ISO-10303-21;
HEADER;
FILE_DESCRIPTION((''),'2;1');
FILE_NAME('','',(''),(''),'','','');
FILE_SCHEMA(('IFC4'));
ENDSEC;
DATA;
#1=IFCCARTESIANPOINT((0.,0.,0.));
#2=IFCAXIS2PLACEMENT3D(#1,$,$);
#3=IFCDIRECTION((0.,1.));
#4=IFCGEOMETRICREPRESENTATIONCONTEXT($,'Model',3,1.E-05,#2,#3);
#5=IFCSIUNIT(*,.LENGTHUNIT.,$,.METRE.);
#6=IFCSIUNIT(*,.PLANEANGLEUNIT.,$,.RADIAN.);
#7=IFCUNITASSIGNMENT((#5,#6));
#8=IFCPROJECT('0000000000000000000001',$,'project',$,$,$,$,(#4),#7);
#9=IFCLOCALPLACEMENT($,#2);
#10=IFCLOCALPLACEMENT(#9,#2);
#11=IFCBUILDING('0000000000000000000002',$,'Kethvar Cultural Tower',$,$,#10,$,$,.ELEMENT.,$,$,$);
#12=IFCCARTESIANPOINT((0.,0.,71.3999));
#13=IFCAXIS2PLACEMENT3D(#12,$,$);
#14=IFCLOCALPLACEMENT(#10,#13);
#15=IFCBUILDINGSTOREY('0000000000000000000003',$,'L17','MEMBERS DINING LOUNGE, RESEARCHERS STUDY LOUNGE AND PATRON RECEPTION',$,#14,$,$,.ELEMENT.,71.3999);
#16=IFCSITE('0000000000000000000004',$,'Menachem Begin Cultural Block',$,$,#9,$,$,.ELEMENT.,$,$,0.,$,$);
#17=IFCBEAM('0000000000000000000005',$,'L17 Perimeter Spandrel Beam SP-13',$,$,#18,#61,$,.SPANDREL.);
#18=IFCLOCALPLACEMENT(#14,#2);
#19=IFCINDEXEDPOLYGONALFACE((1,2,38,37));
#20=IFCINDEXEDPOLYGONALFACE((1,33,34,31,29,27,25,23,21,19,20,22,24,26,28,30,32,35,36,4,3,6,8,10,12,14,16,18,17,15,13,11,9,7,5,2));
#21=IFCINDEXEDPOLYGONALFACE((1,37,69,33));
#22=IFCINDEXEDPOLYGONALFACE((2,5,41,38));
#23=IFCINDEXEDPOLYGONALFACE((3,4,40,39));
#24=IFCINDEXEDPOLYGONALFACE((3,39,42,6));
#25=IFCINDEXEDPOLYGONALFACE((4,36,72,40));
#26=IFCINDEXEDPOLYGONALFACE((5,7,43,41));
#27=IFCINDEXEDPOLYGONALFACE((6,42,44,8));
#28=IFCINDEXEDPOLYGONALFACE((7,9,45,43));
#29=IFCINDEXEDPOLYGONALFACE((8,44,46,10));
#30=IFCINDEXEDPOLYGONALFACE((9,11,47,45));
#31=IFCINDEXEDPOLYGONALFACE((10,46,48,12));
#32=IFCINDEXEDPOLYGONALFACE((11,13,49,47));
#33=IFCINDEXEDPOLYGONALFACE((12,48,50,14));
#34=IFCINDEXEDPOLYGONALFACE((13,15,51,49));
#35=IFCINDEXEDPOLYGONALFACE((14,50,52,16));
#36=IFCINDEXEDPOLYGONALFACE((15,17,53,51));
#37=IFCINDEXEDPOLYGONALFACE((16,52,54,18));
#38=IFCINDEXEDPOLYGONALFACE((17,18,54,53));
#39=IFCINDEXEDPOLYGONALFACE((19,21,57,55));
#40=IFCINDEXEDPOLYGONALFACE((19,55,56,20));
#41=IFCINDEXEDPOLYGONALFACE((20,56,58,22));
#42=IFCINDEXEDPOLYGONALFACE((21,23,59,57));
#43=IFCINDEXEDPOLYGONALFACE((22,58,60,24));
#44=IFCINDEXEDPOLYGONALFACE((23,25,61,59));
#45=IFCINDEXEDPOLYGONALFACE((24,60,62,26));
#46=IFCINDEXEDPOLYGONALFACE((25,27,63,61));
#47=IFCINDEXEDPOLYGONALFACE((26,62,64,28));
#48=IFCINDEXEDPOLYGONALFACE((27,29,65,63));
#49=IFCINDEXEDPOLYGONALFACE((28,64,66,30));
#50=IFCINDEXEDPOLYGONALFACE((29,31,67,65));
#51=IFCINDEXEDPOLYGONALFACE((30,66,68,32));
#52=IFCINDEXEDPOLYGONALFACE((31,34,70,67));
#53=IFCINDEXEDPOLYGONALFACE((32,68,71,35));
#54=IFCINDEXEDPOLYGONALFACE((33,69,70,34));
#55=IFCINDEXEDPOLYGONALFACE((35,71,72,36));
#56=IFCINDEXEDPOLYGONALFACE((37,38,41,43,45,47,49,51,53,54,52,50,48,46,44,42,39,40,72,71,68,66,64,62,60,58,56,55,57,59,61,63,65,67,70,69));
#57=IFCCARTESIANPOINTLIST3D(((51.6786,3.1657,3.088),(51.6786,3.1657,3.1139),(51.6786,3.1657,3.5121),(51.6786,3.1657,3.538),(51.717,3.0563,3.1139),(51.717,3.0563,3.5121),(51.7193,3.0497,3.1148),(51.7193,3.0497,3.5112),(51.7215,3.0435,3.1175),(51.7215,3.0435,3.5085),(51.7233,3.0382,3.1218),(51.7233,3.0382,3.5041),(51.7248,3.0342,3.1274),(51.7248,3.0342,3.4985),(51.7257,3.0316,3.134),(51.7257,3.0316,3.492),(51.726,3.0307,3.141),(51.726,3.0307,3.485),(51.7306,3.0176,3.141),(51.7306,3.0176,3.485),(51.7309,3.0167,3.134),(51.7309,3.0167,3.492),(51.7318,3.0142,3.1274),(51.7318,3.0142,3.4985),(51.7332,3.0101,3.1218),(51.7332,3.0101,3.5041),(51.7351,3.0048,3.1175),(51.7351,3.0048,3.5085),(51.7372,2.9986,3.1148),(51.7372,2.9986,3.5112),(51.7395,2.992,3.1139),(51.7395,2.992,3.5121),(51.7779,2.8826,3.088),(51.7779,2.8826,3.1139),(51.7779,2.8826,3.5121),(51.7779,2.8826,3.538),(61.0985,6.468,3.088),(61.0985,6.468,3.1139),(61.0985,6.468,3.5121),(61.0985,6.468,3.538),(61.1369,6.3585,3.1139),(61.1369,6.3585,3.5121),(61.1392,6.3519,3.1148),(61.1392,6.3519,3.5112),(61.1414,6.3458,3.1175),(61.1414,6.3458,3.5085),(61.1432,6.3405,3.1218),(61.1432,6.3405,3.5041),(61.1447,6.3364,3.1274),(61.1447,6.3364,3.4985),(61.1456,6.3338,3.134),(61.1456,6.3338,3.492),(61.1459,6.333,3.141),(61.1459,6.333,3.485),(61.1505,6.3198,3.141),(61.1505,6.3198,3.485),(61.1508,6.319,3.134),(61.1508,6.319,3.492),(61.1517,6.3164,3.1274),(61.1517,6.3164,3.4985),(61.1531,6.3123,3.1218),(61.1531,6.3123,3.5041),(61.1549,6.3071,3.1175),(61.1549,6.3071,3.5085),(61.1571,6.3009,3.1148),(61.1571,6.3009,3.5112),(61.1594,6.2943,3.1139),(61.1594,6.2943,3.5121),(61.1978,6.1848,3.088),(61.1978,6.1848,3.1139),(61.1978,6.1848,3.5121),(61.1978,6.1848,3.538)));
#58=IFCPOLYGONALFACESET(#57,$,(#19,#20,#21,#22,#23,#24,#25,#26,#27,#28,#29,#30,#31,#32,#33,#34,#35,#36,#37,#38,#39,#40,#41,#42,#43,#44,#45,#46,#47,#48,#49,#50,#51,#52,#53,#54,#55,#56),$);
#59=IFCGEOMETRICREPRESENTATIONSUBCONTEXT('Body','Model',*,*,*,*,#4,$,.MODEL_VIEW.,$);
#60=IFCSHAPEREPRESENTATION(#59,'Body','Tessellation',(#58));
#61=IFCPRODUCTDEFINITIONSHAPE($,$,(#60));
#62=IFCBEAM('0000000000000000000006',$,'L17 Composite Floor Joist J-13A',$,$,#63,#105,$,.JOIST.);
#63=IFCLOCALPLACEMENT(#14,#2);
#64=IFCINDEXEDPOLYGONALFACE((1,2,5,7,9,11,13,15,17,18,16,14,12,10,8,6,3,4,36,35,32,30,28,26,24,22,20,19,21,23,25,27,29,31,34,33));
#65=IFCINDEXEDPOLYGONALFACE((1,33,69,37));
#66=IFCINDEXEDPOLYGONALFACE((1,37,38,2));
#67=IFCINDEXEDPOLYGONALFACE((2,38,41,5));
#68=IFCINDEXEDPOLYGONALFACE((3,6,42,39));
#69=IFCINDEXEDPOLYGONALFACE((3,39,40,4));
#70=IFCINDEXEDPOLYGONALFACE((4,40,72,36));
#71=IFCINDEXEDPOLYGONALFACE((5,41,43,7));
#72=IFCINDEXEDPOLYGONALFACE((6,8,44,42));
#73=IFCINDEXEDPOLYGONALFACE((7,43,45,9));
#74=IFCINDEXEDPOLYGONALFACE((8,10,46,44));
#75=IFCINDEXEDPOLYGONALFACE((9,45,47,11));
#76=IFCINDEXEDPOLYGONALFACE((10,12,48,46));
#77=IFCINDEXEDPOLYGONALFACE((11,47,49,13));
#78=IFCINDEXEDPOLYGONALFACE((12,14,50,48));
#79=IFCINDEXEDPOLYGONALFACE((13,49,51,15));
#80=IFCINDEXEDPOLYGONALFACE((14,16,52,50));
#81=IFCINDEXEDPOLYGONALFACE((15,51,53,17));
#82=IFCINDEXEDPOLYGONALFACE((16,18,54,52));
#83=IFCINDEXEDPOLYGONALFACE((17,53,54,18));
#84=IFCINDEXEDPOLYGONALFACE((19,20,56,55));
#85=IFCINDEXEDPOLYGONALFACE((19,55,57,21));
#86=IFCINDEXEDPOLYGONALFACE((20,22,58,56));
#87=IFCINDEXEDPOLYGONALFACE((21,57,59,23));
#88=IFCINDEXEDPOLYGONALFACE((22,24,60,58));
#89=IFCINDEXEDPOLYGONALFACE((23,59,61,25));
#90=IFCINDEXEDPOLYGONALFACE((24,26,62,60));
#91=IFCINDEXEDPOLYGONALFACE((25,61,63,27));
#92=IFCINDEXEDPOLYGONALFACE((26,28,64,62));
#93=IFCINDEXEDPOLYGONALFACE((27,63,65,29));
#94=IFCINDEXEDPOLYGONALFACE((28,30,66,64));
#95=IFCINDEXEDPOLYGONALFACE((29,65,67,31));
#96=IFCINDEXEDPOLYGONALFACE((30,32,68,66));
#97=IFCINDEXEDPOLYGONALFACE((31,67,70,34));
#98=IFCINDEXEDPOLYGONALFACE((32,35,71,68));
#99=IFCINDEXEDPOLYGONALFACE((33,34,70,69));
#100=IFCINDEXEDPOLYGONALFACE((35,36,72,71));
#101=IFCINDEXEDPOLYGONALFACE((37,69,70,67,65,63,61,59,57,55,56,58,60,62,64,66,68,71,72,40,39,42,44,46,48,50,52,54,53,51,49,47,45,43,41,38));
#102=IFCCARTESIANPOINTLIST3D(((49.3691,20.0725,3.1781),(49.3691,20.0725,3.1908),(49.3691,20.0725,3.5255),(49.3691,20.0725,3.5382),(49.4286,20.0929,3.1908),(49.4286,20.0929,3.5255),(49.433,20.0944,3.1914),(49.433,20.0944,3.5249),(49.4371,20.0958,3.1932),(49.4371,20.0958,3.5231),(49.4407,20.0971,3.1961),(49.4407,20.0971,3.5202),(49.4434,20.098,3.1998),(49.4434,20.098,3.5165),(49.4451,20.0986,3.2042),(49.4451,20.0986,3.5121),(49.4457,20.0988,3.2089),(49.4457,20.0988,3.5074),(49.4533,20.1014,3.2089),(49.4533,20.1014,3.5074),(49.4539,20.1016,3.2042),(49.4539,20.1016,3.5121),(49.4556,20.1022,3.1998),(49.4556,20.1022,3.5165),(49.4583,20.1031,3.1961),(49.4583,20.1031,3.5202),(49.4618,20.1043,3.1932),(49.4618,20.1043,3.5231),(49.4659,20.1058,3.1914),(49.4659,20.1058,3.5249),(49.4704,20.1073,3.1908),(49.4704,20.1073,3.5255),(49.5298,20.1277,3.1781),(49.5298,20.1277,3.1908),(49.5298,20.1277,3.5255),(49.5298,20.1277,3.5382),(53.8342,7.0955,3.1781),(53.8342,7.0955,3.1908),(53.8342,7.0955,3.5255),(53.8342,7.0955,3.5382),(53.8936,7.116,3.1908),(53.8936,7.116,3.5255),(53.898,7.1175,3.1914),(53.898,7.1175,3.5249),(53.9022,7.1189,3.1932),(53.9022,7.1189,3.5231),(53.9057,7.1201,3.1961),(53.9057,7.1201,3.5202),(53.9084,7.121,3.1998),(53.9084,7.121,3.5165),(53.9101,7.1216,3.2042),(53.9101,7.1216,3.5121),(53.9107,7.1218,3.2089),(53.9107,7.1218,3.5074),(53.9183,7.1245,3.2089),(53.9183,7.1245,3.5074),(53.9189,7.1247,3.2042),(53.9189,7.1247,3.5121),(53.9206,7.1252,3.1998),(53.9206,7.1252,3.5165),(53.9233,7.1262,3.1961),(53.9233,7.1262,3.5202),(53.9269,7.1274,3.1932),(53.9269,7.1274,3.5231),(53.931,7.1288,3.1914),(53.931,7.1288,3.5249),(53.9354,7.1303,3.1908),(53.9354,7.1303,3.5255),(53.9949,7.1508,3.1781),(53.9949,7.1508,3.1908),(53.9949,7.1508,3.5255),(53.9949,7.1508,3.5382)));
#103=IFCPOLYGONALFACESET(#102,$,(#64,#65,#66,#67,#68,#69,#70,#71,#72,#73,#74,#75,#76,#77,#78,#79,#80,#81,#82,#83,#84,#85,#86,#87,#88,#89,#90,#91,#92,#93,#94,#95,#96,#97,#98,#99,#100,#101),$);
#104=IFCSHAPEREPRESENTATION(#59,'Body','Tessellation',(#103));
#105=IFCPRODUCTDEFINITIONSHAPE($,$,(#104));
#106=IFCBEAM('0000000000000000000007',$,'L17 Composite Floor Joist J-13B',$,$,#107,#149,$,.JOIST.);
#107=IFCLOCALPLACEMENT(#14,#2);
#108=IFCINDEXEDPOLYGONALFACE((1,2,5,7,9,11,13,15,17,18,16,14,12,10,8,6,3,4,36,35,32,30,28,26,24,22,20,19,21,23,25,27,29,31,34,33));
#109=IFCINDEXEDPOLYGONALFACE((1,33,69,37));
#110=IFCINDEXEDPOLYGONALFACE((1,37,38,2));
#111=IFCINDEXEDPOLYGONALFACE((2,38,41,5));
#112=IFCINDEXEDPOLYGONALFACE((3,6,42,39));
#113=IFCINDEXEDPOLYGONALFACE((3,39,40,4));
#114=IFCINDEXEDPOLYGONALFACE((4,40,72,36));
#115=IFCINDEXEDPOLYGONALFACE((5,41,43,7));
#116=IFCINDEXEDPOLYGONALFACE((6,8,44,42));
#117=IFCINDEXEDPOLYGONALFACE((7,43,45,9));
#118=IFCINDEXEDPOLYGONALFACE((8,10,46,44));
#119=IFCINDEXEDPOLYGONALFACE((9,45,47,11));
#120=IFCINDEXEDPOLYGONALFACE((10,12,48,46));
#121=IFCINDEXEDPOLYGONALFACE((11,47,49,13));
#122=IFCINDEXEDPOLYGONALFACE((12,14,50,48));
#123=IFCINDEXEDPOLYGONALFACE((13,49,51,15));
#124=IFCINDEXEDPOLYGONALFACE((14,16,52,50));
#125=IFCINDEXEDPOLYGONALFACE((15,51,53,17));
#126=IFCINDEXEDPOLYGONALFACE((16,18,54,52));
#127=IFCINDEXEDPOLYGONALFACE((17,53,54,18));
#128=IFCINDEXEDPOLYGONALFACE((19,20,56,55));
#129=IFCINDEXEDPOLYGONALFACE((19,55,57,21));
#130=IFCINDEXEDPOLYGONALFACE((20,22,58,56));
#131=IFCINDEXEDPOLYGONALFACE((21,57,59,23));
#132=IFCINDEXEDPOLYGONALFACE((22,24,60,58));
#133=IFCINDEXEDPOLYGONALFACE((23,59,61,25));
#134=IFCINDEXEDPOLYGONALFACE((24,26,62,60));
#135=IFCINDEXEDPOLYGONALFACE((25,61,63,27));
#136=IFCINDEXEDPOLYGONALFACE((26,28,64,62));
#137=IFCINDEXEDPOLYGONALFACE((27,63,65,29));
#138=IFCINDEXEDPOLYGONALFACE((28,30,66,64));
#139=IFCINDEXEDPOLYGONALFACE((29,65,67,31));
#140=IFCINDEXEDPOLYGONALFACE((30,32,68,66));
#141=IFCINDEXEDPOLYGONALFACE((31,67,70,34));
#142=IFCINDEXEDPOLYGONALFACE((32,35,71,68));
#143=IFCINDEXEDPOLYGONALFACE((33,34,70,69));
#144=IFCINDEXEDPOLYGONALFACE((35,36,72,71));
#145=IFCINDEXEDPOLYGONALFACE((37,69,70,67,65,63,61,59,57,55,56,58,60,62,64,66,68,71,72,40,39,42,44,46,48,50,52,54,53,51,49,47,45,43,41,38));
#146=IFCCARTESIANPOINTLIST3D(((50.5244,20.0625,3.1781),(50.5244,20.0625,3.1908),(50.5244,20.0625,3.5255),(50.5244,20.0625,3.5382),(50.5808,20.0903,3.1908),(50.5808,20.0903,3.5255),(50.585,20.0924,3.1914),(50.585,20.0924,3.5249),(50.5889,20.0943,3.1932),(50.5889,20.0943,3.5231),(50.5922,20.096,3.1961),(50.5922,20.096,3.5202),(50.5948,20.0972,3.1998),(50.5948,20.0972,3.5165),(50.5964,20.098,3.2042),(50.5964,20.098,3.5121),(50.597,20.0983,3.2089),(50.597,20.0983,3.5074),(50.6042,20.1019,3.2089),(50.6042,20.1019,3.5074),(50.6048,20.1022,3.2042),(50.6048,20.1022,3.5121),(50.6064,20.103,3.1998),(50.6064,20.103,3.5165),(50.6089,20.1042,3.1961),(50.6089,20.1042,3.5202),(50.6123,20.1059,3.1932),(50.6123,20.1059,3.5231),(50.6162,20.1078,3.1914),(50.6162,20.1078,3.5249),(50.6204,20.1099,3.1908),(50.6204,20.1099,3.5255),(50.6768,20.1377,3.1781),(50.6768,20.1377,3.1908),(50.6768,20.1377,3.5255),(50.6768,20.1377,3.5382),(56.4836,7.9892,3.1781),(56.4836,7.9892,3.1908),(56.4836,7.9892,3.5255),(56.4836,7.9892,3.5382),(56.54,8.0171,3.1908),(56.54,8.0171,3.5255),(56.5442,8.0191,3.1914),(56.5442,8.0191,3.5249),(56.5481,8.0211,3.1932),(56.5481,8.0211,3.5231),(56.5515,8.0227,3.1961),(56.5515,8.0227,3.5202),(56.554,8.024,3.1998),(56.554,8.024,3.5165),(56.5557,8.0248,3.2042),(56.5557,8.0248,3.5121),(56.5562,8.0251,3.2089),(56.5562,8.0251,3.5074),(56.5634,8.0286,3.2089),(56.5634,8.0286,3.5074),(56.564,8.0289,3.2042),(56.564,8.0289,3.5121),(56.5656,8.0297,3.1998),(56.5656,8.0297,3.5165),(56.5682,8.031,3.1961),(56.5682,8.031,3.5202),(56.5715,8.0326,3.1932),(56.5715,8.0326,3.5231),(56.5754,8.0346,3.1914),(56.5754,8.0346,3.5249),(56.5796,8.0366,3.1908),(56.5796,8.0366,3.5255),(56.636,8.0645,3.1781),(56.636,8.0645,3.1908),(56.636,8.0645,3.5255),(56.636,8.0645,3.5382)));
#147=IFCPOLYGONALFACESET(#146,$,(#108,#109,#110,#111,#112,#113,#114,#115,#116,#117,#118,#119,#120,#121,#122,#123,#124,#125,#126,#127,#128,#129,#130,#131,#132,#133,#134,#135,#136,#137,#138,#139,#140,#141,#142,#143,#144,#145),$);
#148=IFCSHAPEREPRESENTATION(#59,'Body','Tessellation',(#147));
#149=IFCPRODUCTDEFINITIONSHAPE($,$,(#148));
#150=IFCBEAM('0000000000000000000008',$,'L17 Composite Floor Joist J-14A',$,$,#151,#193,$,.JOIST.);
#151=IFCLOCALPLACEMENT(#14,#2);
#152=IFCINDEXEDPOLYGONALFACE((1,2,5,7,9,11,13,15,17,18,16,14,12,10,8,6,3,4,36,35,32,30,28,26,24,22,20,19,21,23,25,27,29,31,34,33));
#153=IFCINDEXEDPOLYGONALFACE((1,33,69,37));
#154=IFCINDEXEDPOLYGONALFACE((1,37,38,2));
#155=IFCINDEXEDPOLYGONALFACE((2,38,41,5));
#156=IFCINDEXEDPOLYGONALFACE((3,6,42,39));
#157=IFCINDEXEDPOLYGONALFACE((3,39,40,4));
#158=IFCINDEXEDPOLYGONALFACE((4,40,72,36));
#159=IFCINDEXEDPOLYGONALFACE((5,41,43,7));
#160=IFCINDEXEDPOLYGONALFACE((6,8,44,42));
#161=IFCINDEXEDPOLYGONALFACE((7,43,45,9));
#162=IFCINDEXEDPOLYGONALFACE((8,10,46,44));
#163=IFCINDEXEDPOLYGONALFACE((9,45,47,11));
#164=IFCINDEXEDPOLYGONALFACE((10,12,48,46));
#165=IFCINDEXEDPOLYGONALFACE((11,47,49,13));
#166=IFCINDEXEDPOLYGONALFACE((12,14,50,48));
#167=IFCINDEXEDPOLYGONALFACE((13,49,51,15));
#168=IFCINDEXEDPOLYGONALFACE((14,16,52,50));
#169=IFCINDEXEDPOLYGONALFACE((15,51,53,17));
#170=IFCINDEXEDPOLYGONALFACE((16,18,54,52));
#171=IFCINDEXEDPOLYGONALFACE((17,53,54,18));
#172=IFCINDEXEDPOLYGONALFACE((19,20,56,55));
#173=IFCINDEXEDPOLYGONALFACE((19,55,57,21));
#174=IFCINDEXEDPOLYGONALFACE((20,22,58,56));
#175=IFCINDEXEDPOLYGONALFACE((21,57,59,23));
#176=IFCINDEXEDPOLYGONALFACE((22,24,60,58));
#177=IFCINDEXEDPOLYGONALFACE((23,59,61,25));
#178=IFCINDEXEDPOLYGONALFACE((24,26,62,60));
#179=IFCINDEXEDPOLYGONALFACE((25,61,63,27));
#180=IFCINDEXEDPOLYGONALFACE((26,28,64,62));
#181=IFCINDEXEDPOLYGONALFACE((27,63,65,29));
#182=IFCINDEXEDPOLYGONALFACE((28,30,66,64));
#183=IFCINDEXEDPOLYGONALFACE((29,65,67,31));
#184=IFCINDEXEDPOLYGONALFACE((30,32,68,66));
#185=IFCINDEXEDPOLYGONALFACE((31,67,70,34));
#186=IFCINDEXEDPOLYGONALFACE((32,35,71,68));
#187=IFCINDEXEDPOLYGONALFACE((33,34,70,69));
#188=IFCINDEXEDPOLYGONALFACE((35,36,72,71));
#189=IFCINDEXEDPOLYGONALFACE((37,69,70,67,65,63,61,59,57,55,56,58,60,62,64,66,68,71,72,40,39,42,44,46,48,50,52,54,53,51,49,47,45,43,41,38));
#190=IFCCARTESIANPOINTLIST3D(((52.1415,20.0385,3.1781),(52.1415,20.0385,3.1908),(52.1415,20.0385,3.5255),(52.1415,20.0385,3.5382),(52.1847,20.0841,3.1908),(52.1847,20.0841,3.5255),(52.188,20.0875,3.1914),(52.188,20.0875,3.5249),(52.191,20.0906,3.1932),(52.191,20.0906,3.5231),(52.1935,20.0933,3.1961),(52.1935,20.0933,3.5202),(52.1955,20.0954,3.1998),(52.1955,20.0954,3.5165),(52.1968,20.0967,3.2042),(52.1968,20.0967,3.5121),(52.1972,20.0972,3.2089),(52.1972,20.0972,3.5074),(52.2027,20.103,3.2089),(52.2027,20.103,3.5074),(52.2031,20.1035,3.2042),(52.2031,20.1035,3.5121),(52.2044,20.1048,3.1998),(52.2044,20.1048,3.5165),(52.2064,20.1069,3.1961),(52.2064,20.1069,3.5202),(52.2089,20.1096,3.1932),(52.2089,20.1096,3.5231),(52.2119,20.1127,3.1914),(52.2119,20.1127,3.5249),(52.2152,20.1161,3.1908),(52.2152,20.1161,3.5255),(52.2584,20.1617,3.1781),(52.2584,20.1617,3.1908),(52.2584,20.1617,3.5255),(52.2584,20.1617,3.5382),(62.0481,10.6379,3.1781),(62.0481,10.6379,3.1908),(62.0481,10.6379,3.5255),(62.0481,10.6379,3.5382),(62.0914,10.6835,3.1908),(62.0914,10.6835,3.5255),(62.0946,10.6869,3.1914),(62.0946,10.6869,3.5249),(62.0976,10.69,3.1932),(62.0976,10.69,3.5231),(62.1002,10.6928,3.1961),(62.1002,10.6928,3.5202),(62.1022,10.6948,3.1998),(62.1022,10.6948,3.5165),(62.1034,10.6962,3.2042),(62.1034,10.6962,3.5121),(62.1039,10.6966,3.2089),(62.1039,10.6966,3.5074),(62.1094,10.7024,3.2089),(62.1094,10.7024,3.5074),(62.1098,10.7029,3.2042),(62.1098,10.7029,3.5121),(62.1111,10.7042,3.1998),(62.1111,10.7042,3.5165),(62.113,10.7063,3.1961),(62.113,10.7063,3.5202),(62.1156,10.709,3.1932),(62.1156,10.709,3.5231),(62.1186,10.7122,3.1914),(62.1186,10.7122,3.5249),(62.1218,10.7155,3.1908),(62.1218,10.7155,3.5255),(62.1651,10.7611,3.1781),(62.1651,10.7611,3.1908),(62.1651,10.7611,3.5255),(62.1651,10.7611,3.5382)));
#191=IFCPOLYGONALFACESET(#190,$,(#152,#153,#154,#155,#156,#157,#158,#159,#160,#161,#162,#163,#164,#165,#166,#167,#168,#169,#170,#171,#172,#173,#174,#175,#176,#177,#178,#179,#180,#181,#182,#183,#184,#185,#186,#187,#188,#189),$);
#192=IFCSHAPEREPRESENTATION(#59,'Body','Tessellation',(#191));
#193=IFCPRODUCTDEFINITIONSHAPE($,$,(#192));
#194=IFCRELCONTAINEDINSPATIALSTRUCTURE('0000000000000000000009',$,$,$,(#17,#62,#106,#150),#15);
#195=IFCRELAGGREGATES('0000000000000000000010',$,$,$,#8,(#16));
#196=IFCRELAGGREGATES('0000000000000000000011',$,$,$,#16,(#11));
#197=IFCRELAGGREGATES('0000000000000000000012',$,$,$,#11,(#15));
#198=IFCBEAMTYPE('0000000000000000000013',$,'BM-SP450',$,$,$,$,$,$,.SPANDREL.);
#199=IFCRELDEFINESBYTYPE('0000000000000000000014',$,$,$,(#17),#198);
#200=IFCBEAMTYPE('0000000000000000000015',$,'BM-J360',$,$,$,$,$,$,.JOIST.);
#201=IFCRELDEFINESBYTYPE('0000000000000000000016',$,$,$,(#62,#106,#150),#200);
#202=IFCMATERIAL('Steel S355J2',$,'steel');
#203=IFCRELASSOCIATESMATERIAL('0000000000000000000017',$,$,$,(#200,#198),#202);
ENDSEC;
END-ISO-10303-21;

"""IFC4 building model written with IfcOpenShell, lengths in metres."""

from ifc_helpers import new_model, si_unit, direction, frame, origin, origin_2d, place, context, subcontext, project, spatial, i_section, extrude, source, transform, mapped, material, material_profile, profile_set, type_object, element, save


model = new_model("IFC4")

# Units and contexts
model_context = context("Model", 3, precision=1e-05, world=origin(), true_north=direction((0.0, 1.0)))
body_context = subcontext(model_context, "Body", "Model", "MODEL_VIEW")
ifc_project = project(units=[si_unit("LENGTHUNIT", "METRE"), si_unit("PLANEANGLEUNIT", "RADIAN")], contexts=[model_context])

# Site, building, storey
site_placement = place(None, origin())
site = spatial("IfcSite", under=ifc_project, at=site_placement, Name="Menachem Begin Cultural Block", CompositionType="ELEMENT", RefElevation=0.0)
building_placement = place(site_placement, origin())
building = spatial("IfcBuilding", under=site, at=building_placement, Name="Kethvar Cultural Tower", CompositionType="ELEMENT")
storey_placement = place(building_placement, frame((0.0, 0.0, 71.3999)))
storey = spatial("IfcBuildingStorey", under=building, at=storey_placement, Name="L17", Description="MEMBERS DINING LOUNGE, RESEARCHERS STUDY LOUNGE AND PATRON RECEPTION", CompositionType="ELEMENT", Elevation=71.3999)

# Beams
ifc_material_1 = material(Name="Steel S355J2", Category="steel")
ifc_material_profile_1 = material_profile(ifc_material_1, i_section(OverallWidth=0.1699, OverallDepth=0.3601, WebThickness=0.0081, FlangeThickness=0.0127, FilletRadius=0.0181, at=origin_2d()), Name="Steel S355J2 — IPE360")
ifc_profile_set_1 = profile_set([ifc_material_profile_1], Name="Steel S355J2 — IPE360")
beam_type_1 = type_object("IfcBeamType", Name="BM-J360", PredefinedType="JOIST", material=ifc_profile_set_1)
ifc_material_profile_2 = material_profile(ifc_material_1, i_section(OverallWidth=0.3, OverallDepth=0.45, WebThickness=0.0139, FlangeThickness=0.0259, FilletRadius=0.0271, at=origin_2d()), Name="Steel S355J2 — HEB450")
ifc_profile_set_2 = profile_set([ifc_material_profile_2], Name="Steel S355J2 — HEB450")
beam_type_2 = type_object("IfcBeamType", Name="BM-SP450", PredefinedType="SPANDREL", material=ifc_profile_set_2)
shared_shape_1 = source(origin(), body_context, "Body", "SweptSolid", [
    extrude(i_section(OverallWidth=0.3, OverallDepth=0.45, WebThickness=0.0139, FlangeThickness=0.0259, FilletRadius=0.0271, at=origin_2d()), origin(), (0.0, 0.0, 1.0), 9.9819),
])
beam_1_placement = place(storey_placement, frame((51.7283, 3.0242, 3.313), z_axis=(0.943694, 0.330821, 0.0), x_axis=(-0.330821, 0.943694, 0.0)))
element("IfcBeam", 1, at=beam_1_placement, inside=storey, type_object=beam_type_2, Name="L17 Perimeter Spandrel Beam SP-13", PredefinedType="SPANDREL", context=body_context, shape_type="MappedRepresentation", body=[
    mapped(shared_shape_1, transform((0.0, 0.0, 0.0), scale=1.0)),
])
shared_shape_2 = source(origin(), body_context, "Body", "SweptSolid", [
    extrude(i_section(OverallWidth=0.1699, OverallDepth=0.3601, WebThickness=0.0081, FlangeThickness=0.0127, FilletRadius=0.0181, at=origin_2d()), origin(), (0.0, 0.0, 1.0), 13.7236),
])
beam_2_placement = place(storey_placement, frame((49.4495, 20.1001, 3.3582), z_axis=(0.325355, -0.945592, 0.0), x_axis=(0.945592, 0.325355, 0.0)))
element("IfcBeam", 2, at=beam_2_placement, inside=storey, type_object=beam_type_1, Name="L17 Composite Floor Joist J-13A", PredefinedType="JOIST", context=body_context, shape_type="MappedRepresentation", body=[
    mapped(shared_shape_2, transform((0.0, 0.0, 0.0), scale=1.0)),
])
shared_shape_3 = source(origin(), body_context, "Body", "SweptSolid", [
    extrude(i_section(OverallWidth=0.1699, OverallDepth=0.3601, WebThickness=0.0081, FlangeThickness=0.0127, FilletRadius=0.0181, at=origin_2d()), origin(), (0.0, 0.0, 1.0), 13.4639),
])
beam_3_placement = place(storey_placement, frame((50.6006, 20.1001, 3.3582), z_axis=(0.442609, -0.896715, 0.0), x_axis=(0.896715, 0.442609, 0.0)))
element("IfcBeam", 3, at=beam_3_placement, inside=storey, type_object=beam_type_1, Name="L17 Composite Floor Joist J-13B", PredefinedType="JOIST", context=body_context, shape_type="MappedRepresentation", body=[
    mapped(shared_shape_3, transform((0.0, 0.0, 0.0), scale=1.0)),
])
shared_shape_4 = source(origin(), body_context, "Body", "SweptSolid", [
    extrude(i_section(OverallWidth=0.1699, OverallDepth=0.3601, WebThickness=0.0081, FlangeThickness=0.0127, FilletRadius=0.0181, at=origin_2d()), origin(), (0.0, 0.0, 1.0), 13.657),
])
beam_4_placement = place(storey_placement, frame((52.2, 20.1001, 3.3582), z_axis=(0.725393, -0.688335, 0.0), x_axis=(0.688335, 0.725393, 0.0)))
element("IfcBeam", 4, at=beam_4_placement, inside=storey, type_object=beam_type_1, Name="L17 Composite Floor Joist J-14A", PredefinedType="JOIST", context=body_context, shape_type="MappedRepresentation", body=[
    mapped(shared_shape_4, transform((0.0, 0.0, 0.0), scale=1.0)),
])

save(model, "model.ifc")
